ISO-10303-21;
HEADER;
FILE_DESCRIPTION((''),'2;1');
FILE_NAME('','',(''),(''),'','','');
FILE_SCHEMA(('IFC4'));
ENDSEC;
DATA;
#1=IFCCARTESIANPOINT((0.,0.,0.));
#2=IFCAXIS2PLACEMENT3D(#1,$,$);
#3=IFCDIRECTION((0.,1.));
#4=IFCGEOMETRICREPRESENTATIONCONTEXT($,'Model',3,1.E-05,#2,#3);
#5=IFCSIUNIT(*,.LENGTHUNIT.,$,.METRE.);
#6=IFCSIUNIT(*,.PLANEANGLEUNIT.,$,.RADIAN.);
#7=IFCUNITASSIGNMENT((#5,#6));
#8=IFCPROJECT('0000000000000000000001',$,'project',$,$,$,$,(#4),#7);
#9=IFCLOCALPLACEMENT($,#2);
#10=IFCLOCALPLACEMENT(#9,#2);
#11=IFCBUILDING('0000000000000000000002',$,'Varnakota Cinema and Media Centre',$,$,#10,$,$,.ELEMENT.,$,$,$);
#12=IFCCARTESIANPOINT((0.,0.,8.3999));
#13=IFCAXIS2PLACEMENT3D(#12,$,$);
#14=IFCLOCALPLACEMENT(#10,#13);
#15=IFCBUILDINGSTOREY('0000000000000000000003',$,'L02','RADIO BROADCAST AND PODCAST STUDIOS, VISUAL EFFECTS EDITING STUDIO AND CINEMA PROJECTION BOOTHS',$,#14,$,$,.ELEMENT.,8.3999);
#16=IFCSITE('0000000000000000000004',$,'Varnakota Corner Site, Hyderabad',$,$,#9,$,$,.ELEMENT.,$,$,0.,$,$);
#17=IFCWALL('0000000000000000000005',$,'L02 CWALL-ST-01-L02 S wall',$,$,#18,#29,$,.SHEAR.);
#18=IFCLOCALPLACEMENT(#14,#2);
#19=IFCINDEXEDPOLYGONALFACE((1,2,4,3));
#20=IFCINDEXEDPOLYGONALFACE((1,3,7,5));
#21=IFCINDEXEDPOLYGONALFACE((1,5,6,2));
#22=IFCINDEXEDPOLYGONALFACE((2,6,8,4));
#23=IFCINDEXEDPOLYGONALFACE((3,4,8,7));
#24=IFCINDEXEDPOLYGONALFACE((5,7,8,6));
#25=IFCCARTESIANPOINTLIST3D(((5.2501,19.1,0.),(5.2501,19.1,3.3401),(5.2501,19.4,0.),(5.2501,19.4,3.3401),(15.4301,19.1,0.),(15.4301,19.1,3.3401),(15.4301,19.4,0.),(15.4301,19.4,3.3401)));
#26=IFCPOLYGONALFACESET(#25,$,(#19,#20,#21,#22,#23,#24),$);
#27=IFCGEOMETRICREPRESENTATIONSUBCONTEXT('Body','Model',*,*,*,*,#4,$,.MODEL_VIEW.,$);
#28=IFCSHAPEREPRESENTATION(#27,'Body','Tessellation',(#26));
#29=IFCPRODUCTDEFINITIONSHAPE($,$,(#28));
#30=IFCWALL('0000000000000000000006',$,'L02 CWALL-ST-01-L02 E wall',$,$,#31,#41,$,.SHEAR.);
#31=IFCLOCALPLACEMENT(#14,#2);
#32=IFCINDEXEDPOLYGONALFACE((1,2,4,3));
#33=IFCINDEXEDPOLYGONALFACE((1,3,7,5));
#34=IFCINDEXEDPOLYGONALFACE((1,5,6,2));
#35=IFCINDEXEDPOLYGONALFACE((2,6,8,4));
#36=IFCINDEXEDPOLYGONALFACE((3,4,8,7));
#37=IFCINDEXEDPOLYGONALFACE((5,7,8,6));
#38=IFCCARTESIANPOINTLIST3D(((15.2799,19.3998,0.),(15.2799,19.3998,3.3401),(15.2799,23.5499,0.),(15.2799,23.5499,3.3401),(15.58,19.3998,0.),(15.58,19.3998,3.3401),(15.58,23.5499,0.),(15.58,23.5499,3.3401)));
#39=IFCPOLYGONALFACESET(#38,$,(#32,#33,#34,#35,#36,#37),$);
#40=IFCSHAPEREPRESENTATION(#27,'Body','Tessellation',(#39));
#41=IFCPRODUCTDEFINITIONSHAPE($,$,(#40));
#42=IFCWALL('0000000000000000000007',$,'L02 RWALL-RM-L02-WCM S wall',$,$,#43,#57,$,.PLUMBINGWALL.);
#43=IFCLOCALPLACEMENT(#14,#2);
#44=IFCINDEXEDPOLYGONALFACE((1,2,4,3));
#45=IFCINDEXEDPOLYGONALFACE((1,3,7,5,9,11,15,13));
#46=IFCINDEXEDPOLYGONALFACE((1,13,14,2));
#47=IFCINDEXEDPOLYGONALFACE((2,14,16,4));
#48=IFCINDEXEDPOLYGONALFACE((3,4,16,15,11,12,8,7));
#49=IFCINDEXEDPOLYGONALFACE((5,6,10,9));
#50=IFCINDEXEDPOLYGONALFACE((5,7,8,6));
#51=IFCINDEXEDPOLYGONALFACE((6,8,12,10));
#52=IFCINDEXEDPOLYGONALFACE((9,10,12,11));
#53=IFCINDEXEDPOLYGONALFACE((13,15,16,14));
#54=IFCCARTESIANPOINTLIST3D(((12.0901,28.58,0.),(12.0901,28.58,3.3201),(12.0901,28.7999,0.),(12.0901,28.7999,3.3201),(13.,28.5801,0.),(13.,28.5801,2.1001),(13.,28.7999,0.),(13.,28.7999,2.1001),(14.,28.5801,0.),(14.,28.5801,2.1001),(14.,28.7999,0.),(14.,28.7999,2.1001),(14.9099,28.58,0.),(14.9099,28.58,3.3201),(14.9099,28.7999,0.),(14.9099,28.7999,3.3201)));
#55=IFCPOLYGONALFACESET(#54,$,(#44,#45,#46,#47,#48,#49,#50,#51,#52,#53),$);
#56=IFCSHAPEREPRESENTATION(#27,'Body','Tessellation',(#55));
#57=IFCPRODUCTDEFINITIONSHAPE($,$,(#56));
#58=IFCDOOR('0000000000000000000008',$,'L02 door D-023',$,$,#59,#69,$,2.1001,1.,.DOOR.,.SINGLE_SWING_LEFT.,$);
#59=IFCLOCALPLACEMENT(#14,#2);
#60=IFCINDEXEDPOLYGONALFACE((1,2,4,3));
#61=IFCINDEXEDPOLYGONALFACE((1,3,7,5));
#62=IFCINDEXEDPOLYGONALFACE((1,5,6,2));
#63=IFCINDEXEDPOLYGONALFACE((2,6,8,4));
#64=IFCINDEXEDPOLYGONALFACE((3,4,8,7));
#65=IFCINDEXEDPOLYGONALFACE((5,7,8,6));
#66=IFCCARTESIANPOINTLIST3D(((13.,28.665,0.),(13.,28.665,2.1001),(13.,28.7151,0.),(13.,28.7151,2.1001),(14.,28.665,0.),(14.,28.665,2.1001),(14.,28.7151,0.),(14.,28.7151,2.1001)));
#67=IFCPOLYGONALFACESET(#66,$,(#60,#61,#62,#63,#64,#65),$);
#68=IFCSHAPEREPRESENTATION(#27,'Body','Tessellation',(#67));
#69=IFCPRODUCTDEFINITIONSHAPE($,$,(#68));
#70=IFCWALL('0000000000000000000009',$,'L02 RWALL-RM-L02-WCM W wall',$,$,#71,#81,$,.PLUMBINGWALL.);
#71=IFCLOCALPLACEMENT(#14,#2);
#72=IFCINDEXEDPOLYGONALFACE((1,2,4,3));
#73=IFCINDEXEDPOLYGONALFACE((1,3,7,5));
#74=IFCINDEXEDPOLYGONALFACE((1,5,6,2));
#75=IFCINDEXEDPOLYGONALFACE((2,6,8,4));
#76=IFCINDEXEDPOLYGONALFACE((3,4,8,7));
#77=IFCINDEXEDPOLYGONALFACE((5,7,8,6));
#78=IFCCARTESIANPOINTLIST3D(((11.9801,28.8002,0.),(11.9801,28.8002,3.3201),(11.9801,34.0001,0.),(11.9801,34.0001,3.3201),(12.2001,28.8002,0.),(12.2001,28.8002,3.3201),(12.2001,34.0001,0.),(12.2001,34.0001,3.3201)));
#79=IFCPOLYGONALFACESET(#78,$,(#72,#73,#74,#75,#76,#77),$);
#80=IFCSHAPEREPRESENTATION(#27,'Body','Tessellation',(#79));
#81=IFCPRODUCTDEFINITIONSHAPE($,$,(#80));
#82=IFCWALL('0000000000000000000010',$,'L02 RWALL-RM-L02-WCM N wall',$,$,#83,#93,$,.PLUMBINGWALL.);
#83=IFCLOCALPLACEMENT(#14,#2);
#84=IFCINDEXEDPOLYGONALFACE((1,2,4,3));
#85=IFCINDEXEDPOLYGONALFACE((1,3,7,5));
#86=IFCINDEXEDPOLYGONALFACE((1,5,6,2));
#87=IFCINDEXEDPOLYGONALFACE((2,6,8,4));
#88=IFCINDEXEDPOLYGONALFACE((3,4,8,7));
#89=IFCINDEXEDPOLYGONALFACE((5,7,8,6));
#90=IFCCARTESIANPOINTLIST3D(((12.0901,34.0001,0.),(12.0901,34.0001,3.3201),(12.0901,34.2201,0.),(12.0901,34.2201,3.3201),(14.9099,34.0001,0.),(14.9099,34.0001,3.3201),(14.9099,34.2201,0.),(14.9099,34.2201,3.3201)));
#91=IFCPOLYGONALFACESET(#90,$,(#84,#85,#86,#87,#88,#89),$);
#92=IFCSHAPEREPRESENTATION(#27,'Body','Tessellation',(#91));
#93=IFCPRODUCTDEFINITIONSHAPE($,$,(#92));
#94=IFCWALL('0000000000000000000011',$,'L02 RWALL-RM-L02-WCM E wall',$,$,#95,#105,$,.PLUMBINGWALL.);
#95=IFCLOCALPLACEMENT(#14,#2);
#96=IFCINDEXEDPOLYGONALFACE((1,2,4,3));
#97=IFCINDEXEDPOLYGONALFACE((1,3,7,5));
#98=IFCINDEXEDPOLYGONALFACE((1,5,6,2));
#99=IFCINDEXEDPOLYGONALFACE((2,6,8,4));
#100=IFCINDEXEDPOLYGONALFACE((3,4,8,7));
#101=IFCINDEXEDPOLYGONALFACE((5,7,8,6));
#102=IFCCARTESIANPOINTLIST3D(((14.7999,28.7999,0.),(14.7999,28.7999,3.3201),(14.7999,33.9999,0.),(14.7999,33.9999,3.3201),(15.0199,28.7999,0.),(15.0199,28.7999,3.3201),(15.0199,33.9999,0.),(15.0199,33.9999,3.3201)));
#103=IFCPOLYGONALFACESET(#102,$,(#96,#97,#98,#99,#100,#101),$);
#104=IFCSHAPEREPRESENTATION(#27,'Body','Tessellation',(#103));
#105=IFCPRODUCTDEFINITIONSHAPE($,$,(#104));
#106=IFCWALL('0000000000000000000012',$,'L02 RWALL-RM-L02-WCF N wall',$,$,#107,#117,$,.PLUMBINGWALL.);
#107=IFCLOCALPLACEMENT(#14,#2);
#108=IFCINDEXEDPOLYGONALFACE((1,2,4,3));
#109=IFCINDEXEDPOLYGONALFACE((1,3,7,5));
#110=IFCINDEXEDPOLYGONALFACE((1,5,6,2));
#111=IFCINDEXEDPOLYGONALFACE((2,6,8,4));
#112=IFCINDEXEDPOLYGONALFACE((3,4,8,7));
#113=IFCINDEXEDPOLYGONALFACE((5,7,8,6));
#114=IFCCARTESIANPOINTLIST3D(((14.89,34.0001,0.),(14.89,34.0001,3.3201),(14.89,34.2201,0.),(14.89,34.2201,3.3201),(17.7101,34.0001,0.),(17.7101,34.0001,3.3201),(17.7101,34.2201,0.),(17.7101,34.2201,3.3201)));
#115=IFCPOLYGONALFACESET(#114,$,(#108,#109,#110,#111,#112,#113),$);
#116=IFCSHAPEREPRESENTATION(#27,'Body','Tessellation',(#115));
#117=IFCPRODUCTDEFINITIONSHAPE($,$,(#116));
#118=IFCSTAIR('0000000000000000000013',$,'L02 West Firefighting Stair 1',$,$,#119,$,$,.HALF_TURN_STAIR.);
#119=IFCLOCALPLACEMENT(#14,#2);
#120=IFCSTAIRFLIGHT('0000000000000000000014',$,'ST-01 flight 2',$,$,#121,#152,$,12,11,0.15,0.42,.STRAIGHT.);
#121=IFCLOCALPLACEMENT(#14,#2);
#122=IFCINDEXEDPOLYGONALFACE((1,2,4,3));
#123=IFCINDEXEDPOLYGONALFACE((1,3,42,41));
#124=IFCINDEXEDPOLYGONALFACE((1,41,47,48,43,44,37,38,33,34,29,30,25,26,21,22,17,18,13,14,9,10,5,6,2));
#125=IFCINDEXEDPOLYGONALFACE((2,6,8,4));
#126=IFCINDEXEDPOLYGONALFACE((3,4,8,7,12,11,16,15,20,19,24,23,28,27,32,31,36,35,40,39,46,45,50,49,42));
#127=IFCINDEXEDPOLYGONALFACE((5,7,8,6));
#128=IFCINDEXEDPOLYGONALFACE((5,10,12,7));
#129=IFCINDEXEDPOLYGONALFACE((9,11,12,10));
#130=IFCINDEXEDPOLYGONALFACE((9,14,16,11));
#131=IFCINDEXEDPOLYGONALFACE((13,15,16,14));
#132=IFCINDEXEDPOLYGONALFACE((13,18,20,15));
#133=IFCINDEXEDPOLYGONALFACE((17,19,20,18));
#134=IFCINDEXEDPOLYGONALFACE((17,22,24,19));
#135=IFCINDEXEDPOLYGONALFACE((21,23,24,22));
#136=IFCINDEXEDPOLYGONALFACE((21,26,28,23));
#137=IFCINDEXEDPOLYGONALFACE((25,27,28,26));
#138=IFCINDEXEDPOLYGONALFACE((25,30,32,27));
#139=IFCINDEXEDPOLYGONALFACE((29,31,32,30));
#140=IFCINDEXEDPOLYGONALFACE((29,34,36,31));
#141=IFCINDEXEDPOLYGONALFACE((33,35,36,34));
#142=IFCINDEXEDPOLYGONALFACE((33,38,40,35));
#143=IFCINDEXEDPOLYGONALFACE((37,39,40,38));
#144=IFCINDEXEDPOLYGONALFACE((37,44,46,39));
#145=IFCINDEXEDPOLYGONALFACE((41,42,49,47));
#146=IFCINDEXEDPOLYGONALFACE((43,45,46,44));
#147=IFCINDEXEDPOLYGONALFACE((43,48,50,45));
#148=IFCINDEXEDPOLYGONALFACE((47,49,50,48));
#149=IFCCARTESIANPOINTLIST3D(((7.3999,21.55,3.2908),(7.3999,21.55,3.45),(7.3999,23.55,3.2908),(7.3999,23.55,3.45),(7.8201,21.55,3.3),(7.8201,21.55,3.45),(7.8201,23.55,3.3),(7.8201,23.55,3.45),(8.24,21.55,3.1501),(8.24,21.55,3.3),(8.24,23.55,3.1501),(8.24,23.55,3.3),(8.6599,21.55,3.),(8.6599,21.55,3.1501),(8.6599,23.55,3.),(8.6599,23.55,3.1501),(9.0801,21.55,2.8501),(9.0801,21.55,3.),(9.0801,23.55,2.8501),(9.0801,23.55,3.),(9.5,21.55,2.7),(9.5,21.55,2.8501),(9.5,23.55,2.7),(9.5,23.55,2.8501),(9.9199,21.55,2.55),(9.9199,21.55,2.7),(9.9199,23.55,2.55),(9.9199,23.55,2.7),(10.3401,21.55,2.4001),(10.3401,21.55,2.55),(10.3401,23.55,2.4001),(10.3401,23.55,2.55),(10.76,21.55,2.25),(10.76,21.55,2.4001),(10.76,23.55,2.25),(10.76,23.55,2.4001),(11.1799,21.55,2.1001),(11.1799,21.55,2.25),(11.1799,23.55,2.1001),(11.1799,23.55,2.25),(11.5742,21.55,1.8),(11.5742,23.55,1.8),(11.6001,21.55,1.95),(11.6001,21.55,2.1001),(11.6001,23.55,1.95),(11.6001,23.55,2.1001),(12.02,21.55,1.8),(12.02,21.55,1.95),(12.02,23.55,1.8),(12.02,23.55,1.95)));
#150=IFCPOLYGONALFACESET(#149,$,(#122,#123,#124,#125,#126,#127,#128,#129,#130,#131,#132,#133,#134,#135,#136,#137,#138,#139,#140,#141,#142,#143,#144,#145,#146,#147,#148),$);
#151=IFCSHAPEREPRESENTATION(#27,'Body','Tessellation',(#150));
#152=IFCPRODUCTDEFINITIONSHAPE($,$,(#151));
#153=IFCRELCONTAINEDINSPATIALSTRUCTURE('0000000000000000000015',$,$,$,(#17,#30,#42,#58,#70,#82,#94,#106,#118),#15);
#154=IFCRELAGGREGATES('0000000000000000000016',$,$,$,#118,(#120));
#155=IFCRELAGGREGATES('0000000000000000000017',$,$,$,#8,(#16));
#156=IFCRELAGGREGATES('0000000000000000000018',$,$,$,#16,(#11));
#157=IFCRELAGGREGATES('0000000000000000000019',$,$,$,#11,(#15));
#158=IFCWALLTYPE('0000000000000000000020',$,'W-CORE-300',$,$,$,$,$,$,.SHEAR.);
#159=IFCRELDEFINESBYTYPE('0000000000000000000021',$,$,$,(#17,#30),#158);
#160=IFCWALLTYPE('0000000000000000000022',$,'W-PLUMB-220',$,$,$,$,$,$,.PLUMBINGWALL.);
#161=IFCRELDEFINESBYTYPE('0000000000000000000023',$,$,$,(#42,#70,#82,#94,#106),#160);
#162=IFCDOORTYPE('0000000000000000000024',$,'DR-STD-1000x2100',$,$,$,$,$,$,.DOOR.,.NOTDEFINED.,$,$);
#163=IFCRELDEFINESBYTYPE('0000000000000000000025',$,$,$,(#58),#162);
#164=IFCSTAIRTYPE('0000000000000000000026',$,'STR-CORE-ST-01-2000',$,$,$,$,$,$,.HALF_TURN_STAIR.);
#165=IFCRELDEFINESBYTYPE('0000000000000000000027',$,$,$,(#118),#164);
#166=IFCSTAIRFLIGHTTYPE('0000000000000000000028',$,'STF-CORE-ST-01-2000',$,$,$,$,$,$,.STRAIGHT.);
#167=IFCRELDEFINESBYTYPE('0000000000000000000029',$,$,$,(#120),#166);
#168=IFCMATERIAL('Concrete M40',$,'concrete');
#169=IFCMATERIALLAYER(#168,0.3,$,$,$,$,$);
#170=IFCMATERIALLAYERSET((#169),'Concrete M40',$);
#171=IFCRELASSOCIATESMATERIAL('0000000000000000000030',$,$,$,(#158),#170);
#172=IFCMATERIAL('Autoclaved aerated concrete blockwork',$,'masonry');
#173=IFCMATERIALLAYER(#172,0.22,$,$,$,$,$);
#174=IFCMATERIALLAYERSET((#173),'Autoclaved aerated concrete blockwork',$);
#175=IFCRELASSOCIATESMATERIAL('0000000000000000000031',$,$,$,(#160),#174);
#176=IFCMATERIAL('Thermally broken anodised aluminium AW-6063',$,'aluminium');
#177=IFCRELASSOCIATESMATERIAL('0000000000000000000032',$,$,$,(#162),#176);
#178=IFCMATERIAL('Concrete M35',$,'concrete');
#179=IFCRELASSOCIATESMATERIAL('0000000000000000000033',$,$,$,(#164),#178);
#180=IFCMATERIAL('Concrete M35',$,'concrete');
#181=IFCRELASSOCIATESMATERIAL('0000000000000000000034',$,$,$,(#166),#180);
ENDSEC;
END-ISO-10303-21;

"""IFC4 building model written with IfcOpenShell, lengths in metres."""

from ifc_helpers import new_model, si_unit, direction, frame, frame_2d, origin, place, context, subcontext, project, spatial, polyline, rectangle, outline, extrude, material, layer, layer_set, type_object, element, fill, aggregate, save


model = new_model("IFC4")

# Units and contexts
model_context = context("Model", 3, precision=1e-05, world=origin(), true_north=direction((0.0, 1.0)))
body_context = subcontext(model_context, "Body", "Model", "MODEL_VIEW")
ifc_project = project(units=[si_unit("LENGTHUNIT", "METRE"), si_unit("PLANEANGLEUNIT", "RADIAN")], contexts=[model_context])

# Site, building, storey
site_placement = place(None, origin())
site = spatial("IfcSite", under=ifc_project, at=site_placement, Name="Varnakota Corner Site, Hyderabad", CompositionType="ELEMENT", RefElevation=0.0)
building_placement = place(site_placement, origin())
building = spatial("IfcBuilding", under=site, at=building_placement, Name="Varnakota Cinema and Media Centre", CompositionType="ELEMENT")
storey_placement = place(building_placement, frame((0.0, 0.0, 8.3999)))
storey = spatial("IfcBuildingStorey", under=building, at=storey_placement, Name="L02", Description="RADIO BROADCAST AND PODCAST STUDIOS, VISUAL EFFECTS EDITING STUDIO AND CINEMA PROJECTION BOOTHS", CompositionType="ELEMENT", Elevation=8.3999)

# Walls
ifc_material_1 = material(Name="Concrete M40", Category="concrete")
ifc_layer_1 = layer(ifc_material_1, 0.3)
ifc_layer_set_1 = layer_set([ifc_layer_1], Name="Concrete M40")
wall_type_1 = type_object("IfcWallType", Name="W-CORE-300", PredefinedType="SHEAR", material=ifc_layer_set_1)
wall_1_placement = place(storey_placement, frame((15.4299, 19.25, 0.0), z_axis=(0.0, 0.0, 1.0), x_axis=(-1.0, 0.0, 0.0)))
element("IfcWall", 1, at=wall_1_placement, inside=storey, type_object=wall_type_1, Name="L02 CWALL-ST-01-L02 S wall", PredefinedType="SHEAR", context=body_context, shape_type="SweptSolid", body=[
    extrude(rectangle(XDim=10.1799, YDim=0.3, at=frame_2d((5.0898, 0.0))), origin(), (0.0, 0.0, 1.0), 3.3401),
])
wall_2_placement = place(storey_placement, frame((15.4299, 23.55, 0.0), z_axis=(0.0, 0.0, 1.0), x_axis=(0.0, -1.0, 0.0)))
element("IfcWall", 2, at=wall_2_placement, inside=storey, type_object=wall_type_1, Name="L02 CWALL-ST-01-L02 E wall", PredefinedType="SHEAR", context=body_context, shape_type="SweptSolid", body=[
    extrude(rectangle(XDim=4.1501, YDim=0.3, at=frame_2d((2.0752, 0.0))), origin(), (0.0, 0.0, 1.0), 3.3401),
])

# Wall, opening, door
ifc_material_2 = material(Name="Autoclaved aerated concrete blockwork", Category="masonry")
ifc_layer_2 = layer(ifc_material_2, 0.22)
ifc_layer_set_2 = layer_set([ifc_layer_2], Name="Autoclaved aerated concrete blockwork")
wall_type_2 = type_object("IfcWallType", Name="W-PLUMB-220", PredefinedType="PLUMBINGWALL", material=ifc_layer_set_2)
wall_3_placement = place(storey_placement, frame((14.9099, 28.6899, 0.0), z_axis=(0.0, 0.0, 1.0), x_axis=(-1.0, 0.0, 0.0)))
wall_3 = element("IfcWall", 3, at=wall_3_placement, inside=storey, type_object=wall_type_2, Name="L02 RWALL-RM-L02-WCM S wall", PredefinedType="PLUMBINGWALL", context=body_context, shape_type="SweptSolid", body=[
    extrude(rectangle(XDim=2.8198, YDim=0.22, at=frame_2d((1.4099, 0.0))), origin(), (0.0, 0.0, 1.0), 3.3201),
])
opening_placement = place(wall_3_placement, frame((0.9099, 0.0, 0.0)))
opening = element("IfcOpeningElement", 4, at=opening_placement, cuts=wall_3, PredefinedType="OPENING", context=body_context, shape_type="SweptSolid", body=[
    extrude(rectangle(XDim=1.0, YDim=2.1001, at=frame_2d((0.5, 1.05))), frame((0.0, 0.1099, 0.0), z_axis=(0.0, -1.0, 0.0), x_axis=(1.0, 0.0, 0.0)), (0.0, 0.0, 1.0), 0.22),
])
ifc_material_3 = material(Name="Thermally broken anodised aluminium AW-6063", Category="aluminium")
door_type = type_object("IfcDoorType", Name="DR-STD-1000x2100", OperationType="NOTDEFINED", PredefinedType="DOOR", material=ifc_material_3)
door_placement = place(opening_placement, origin())
door = element("IfcDoor", 5, at=door_placement, inside=storey, type_object=door_type, Name="L02 door D-023", OperationType="SINGLE_SWING_LEFT", OverallHeight=2.1001, OverallWidth=1.0, PredefinedType="DOOR", context=body_context, shape_type="SweptSolid", body=[
    extrude(rectangle(XDim=1.0, YDim=2.1001, at=frame_2d((0.5, 1.05))), frame((0.0, 0.0249, 0.0), z_axis=(0.0, -1.0, 0.0), x_axis=(1.0, 0.0, 0.0)), (0.0, 0.0, 1.0), 0.05),
])
fill(opening, door)

# Walls
wall_4_placement = place(storey_placement, frame((12.0901, 28.8, 0.0), z_axis=(0.0, 0.0, 1.0), x_axis=(0.0, 1.0, 0.0)))
element("IfcWall", 6, at=wall_4_placement, inside=storey, type_object=wall_type_2, Name="L02 RWALL-RM-L02-WCM W wall", PredefinedType="PLUMBINGWALL", context=body_context, shape_type="SweptSolid", body=[
    extrude(rectangle(XDim=5.2, YDim=0.22, at=frame_2d((2.6001, 0.0))), origin(), (0.0, 0.0, 1.0), 3.3201),
])
wall_5_placement = place(storey_placement, frame((12.0901, 34.1101, 0.0), z_axis=(0.0, 0.0, 1.0), x_axis=(1.0, 0.0, 0.0)))
element("IfcWall", 7, at=wall_5_placement, inside=storey, type_object=wall_type_2, Name="L02 RWALL-RM-L02-WCM N wall", PredefinedType="PLUMBINGWALL", context=body_context, shape_type="SweptSolid", body=[
    extrude(rectangle(XDim=2.8198, YDim=0.22, at=frame_2d((1.4099, 0.0))), origin(), (0.0, 0.0, 1.0), 3.3201),
])
wall_6_placement = place(storey_placement, frame((14.9099, 34.0, 0.0), z_axis=(0.0, 0.0, 1.0), x_axis=(0.0, -1.0, 0.0)))
element("IfcWall", 8, at=wall_6_placement, inside=storey, type_object=wall_type_2, Name="L02 RWALL-RM-L02-WCM E wall", PredefinedType="PLUMBINGWALL", context=body_context, shape_type="SweptSolid", body=[
    extrude(rectangle(XDim=5.2, YDim=0.22, at=frame_2d((2.6001, 0.0))), origin(), (0.0, 0.0, 1.0), 3.3201),
])
wall_7_placement = place(storey_placement, frame((14.8899, 34.1101, 0.0), z_axis=(0.0, 0.0, 1.0), x_axis=(1.0, 0.0, 0.0)))
element("IfcWall", 9, at=wall_7_placement, inside=storey, type_object=wall_type_2, Name="L02 RWALL-RM-L02-WCF N wall", PredefinedType="PLUMBINGWALL", context=body_context, shape_type="SweptSolid", body=[
    extrude(rectangle(XDim=2.8201, YDim=0.22, at=frame_2d((1.4102, 0.0))), origin(), (0.0, 0.0, 1.0), 3.3201),
])

# Stair, stair flight
ifc_material_4 = material(Name="Concrete M35", Category="concrete")
stair_type = type_object("IfcStairType", Name="STR-CORE-ST-01-2000", PredefinedType="HALF_TURN_STAIR", material=ifc_material_4)
stair_placement = place(storey_placement, origin())
stair = element("IfcStair", 10, at=stair_placement, inside=storey, type_object=stair_type, Name="L02 West Firefighting Stair 1", PredefinedType="HALF_TURN_STAIR")
ifc_material_5 = material(Name="Concrete M35", Category="concrete")
stair_flight_type = type_object("IfcStairFlightType", Name="STF-CORE-ST-01-2000", PredefinedType="STRAIGHT", material=ifc_material_5)
stair_flight_placement = place(storey_placement, frame((12.02, 22.55, 1.8), z_axis=(0.0, 0.0, 1.0), x_axis=(-1.0, 0.0, 0.0)))
stair_flight = element("IfcStairFlight", 11, at=stair_flight_placement, type_object=stair_flight_type, Name="ST-01 flight 2", NumberOfRisers=12, NumberOfTreads=11, PredefinedType="STRAIGHT", RiserHeight=0.15, TreadLength=0.42, context=body_context, shape_type="SweptSolid", body=[
    extrude(outline(polyline([(0.0, 0.0), (0.0, 0.1499), (0.4199, 0.1499), (0.4199, 0.3), (0.8401, 0.3), (0.8401, 0.45), (1.26, 0.45), (1.26, 0.6001), (1.6799, 0.6001), (1.6799, 0.75), (2.1001, 0.75), (2.1001, 0.8999), (2.52, 0.8999), (2.52, 1.05), (2.9399, 1.05), (2.9399, 1.2), (3.3601, 1.2), (3.3601, 1.3501), (3.78, 1.3501), (3.78, 1.5), (4.2, 1.5), (4.2, 1.6499), (4.6201, 1.6499), (4.6201, 1.8), (4.6201, 1.4907), (0.4458, 0.0), (0.0, 0.0)])), frame((0.0, 1.0, 0.0), z_axis=(0.0, -1.0, 0.0), x_axis=(1.0, 0.0, 0.0)), (0.0, 0.0, 1.0), 2.0),
])
aggregate(stair, [stair_flight])

save(model, "model.ifc")
